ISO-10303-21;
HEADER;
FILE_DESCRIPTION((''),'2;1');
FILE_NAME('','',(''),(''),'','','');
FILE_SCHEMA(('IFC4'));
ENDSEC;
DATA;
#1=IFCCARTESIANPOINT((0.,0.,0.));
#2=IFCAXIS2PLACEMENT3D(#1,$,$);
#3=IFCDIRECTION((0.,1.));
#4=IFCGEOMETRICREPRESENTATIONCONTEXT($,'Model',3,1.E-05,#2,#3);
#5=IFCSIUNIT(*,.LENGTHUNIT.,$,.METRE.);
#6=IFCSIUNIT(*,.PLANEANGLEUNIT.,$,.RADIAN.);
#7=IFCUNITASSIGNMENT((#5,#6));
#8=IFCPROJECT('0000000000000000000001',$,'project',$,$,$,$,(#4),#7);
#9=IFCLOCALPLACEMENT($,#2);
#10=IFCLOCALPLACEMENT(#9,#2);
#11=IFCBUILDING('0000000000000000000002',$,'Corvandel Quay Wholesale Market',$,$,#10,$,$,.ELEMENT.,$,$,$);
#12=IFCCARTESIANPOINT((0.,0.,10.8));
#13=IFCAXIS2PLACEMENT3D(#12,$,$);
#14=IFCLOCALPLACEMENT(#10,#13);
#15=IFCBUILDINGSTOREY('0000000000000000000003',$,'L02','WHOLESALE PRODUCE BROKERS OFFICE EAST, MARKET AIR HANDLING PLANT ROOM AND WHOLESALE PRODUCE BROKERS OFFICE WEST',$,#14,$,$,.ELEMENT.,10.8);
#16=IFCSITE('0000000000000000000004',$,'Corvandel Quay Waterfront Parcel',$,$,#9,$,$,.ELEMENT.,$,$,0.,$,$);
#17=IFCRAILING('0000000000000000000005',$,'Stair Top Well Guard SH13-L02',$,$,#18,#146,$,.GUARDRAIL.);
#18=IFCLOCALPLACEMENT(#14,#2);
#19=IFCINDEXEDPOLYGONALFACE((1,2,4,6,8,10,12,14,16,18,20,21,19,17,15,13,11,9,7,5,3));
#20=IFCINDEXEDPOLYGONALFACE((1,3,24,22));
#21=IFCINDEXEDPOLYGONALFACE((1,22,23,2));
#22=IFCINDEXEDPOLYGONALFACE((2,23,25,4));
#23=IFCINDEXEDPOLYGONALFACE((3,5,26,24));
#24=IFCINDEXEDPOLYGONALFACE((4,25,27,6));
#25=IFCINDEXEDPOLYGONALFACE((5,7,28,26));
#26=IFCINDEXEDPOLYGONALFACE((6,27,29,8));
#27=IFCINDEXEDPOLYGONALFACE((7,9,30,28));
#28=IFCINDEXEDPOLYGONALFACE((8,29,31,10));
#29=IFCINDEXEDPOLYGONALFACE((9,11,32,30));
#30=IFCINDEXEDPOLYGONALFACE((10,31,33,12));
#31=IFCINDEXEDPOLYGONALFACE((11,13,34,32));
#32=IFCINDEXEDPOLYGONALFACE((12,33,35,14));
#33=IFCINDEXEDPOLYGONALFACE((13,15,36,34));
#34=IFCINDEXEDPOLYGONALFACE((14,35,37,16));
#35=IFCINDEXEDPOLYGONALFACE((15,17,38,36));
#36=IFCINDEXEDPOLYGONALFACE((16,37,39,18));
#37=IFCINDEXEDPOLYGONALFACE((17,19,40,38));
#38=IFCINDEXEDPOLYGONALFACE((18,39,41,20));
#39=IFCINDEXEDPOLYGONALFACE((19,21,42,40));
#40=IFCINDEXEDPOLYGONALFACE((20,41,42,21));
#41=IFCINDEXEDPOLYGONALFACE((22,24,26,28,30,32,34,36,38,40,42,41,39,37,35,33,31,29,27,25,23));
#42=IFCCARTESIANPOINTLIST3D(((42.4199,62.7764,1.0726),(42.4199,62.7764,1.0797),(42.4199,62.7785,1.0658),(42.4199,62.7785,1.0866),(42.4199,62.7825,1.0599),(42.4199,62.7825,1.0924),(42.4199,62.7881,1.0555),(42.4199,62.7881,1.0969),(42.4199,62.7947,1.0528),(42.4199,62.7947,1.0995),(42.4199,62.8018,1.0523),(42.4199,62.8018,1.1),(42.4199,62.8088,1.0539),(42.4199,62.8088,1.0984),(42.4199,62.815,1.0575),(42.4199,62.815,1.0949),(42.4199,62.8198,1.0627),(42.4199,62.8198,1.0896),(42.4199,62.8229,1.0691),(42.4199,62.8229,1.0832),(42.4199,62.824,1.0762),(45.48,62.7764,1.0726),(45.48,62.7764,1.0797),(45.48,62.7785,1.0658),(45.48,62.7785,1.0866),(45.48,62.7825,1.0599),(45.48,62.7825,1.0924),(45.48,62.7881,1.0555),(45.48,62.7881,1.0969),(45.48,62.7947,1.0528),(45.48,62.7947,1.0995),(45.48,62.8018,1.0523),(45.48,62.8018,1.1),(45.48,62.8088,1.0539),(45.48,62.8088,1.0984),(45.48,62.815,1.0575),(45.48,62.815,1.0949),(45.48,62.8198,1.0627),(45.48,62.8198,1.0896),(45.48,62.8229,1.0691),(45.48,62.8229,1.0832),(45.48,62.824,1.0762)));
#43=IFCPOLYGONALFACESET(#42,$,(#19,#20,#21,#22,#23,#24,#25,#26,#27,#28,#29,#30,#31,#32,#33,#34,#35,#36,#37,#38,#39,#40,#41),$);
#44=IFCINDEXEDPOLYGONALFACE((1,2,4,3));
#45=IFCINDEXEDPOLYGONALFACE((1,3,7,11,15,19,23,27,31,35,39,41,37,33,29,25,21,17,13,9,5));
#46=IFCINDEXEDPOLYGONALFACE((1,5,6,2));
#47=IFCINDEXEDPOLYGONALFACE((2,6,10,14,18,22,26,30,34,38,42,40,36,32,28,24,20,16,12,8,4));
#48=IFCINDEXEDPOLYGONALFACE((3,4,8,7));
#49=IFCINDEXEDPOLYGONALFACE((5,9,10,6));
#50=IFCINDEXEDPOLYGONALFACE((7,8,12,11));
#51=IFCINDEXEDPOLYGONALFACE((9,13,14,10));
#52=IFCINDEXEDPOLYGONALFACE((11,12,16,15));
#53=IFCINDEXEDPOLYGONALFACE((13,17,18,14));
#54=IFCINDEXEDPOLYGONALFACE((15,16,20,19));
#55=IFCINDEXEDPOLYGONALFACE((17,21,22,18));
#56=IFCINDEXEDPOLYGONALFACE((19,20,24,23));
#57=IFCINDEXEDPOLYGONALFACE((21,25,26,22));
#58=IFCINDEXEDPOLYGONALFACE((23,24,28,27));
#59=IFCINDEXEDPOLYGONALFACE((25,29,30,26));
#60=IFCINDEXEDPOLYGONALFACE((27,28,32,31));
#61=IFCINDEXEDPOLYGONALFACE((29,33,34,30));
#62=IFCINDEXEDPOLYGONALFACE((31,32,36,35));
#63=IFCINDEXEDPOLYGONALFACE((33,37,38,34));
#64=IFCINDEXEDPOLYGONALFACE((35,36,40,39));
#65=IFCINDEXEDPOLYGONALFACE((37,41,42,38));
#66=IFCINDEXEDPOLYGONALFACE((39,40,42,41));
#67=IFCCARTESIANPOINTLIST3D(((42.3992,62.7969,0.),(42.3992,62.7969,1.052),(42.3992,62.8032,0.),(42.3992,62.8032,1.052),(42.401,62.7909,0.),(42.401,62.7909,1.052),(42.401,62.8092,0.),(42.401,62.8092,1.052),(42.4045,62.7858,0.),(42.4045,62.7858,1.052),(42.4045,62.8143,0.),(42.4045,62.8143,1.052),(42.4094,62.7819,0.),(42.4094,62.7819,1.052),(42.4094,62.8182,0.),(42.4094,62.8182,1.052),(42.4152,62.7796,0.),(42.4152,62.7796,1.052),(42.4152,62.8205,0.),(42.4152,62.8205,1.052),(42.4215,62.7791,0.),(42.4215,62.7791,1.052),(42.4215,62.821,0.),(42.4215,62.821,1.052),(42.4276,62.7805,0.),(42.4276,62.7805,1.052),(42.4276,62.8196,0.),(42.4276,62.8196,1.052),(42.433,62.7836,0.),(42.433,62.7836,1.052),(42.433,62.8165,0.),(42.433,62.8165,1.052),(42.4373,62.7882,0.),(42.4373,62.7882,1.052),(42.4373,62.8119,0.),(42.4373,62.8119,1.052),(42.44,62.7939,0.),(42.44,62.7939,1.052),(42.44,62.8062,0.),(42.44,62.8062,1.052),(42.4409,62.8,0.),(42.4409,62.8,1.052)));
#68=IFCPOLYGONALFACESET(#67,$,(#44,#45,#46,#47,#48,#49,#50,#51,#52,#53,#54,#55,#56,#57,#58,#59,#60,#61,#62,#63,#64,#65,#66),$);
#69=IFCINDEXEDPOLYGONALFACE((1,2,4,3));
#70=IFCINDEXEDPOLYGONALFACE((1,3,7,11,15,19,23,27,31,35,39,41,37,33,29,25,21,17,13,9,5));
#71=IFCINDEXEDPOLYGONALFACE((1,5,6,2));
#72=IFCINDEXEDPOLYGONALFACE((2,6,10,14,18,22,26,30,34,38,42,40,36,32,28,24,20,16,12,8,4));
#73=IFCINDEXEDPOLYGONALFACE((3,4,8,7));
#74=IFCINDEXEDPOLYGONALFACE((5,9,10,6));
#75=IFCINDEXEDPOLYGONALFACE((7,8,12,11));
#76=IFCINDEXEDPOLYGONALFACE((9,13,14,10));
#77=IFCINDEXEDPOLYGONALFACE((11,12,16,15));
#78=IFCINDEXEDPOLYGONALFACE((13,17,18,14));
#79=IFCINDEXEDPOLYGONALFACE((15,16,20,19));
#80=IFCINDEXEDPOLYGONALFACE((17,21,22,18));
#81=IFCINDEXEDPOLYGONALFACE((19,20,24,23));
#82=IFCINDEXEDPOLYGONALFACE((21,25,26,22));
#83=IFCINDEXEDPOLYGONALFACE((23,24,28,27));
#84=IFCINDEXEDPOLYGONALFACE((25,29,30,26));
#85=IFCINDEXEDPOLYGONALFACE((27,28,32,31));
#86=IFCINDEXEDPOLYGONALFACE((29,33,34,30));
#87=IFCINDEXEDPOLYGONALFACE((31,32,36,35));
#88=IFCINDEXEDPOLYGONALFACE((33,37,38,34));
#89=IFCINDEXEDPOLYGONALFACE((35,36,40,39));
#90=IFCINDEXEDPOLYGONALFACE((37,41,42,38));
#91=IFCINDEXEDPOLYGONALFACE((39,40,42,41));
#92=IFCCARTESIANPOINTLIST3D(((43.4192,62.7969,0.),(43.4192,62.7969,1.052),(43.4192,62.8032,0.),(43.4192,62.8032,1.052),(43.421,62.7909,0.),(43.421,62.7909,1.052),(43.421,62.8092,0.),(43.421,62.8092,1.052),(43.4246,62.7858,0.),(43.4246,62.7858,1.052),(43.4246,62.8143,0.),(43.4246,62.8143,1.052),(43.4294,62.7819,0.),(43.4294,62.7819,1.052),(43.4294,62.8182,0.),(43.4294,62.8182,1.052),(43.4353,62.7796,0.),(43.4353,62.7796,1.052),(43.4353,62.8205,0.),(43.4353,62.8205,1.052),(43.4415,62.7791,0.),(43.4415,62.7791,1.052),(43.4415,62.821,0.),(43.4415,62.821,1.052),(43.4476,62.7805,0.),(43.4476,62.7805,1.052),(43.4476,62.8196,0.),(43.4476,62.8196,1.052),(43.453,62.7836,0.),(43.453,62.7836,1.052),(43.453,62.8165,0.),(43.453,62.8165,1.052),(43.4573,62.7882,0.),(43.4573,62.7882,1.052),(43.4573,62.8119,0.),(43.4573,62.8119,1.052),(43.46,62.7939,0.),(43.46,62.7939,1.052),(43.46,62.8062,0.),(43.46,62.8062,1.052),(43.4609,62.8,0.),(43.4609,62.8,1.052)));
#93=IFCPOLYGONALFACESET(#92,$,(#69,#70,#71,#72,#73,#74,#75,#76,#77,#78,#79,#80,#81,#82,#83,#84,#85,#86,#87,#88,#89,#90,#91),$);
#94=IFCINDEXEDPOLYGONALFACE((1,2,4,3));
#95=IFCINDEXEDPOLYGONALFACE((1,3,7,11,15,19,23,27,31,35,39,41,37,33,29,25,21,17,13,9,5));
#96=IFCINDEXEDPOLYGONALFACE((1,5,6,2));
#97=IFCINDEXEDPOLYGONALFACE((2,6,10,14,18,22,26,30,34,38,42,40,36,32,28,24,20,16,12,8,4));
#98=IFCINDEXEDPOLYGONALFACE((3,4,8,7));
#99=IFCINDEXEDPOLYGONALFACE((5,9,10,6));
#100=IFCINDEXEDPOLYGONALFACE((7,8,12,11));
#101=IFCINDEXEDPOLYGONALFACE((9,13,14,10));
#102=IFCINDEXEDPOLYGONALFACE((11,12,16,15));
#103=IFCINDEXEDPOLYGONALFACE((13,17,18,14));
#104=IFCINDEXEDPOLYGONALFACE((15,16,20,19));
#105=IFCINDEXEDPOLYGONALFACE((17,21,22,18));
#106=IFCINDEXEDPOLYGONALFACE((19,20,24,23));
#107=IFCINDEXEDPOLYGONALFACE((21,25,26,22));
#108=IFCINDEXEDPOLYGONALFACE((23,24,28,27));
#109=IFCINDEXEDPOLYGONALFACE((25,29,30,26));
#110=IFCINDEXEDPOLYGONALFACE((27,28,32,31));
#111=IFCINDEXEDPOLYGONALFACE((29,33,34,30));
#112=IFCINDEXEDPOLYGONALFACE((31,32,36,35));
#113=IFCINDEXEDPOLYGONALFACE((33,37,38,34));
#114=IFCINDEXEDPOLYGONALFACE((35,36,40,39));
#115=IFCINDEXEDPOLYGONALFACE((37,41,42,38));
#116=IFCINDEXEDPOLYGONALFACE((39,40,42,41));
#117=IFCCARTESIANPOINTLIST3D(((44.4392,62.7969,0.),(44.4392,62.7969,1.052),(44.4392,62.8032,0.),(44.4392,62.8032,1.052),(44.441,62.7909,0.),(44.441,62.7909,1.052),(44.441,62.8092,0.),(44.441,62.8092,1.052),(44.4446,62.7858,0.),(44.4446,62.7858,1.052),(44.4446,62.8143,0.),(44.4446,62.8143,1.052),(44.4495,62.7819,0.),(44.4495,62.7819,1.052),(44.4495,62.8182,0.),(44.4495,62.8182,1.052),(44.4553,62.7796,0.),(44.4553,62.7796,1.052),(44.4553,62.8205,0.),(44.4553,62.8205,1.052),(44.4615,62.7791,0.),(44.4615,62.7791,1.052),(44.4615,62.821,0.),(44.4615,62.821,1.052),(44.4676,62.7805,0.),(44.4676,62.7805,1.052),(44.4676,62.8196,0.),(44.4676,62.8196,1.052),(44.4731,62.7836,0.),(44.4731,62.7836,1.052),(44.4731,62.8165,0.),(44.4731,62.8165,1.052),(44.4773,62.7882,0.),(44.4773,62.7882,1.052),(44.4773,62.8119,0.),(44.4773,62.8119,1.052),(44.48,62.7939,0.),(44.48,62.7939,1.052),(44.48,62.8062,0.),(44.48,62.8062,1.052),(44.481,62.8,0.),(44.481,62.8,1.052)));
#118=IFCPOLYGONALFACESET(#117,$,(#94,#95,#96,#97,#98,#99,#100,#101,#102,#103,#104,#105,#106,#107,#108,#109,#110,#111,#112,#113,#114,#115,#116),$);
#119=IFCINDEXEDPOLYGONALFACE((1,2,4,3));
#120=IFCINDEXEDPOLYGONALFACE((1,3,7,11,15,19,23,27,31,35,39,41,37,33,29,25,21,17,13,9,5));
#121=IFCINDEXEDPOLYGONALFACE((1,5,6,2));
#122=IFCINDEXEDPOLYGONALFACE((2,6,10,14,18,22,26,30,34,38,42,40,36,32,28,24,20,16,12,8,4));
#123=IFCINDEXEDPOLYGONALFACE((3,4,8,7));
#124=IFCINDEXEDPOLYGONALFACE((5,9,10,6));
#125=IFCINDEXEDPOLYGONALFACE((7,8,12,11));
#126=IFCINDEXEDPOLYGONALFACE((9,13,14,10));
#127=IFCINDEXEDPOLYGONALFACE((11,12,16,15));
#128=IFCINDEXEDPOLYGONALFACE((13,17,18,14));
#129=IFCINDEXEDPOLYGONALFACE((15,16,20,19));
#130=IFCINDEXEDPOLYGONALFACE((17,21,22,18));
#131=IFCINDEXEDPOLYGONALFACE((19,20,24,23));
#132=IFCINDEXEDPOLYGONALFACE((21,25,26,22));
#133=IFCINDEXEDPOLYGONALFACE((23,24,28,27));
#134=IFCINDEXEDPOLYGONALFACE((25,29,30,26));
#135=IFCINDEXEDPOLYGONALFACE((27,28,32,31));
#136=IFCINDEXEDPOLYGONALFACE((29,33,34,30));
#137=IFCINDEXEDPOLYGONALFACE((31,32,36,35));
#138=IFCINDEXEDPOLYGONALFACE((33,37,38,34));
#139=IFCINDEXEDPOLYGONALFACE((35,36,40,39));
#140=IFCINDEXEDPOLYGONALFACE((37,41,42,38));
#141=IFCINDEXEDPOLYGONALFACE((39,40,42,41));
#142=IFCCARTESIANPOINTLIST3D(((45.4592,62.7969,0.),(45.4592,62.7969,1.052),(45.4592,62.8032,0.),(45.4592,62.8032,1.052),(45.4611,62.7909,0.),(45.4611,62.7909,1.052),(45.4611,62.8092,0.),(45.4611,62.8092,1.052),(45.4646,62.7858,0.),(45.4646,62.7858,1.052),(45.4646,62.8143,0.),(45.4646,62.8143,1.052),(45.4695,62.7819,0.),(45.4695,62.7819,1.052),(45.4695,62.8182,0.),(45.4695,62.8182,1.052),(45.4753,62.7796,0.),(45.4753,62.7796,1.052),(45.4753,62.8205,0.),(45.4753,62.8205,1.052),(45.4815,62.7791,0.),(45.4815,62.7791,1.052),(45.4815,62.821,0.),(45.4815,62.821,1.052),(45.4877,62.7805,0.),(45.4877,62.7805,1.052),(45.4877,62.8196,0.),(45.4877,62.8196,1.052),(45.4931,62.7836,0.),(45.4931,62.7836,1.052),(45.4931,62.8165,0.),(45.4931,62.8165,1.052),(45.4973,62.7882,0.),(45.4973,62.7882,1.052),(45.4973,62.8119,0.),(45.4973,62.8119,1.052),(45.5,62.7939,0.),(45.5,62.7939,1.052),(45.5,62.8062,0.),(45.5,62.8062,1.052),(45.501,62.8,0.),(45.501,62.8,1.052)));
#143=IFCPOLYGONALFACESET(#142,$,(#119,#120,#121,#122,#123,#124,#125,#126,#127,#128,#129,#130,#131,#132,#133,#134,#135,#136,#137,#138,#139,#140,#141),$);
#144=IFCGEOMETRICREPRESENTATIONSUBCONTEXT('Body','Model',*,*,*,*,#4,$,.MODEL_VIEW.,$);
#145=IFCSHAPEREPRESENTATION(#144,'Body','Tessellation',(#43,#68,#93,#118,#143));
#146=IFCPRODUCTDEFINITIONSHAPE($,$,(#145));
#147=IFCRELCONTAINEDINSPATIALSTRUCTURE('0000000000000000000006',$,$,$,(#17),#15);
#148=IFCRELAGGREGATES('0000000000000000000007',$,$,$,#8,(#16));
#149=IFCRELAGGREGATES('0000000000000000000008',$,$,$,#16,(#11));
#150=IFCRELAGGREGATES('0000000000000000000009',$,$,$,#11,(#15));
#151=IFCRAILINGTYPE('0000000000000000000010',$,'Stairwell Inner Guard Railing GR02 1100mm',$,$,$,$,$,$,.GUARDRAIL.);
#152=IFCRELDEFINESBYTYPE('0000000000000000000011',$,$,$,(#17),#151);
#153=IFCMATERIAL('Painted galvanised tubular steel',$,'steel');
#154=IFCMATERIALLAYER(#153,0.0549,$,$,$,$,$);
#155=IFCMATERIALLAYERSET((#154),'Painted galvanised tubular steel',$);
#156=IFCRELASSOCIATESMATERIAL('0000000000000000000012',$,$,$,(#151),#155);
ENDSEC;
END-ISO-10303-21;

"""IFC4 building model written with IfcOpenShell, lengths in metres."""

from ifc_helpers import new_model, si_unit, direction, frame, origin, origin_2d, place, context, subcontext, project, spatial, circle, extrude, material, layer, layer_set, type_object, element, save


model = new_model("IFC4")

# Units and contexts
model_context = context("Model", 3, precision=1e-05, world=origin(), true_north=direction((0.0, 1.0)))
body_context = subcontext(model_context, "Body", "Model", "MODEL_VIEW")
ifc_project = project(units=[si_unit("LENGTHUNIT", "METRE"), si_unit("PLANEANGLEUNIT", "RADIAN")], contexts=[model_context])

# Site, building, storey
site_placement = place(None, origin())
site = spatial("IfcSite", under=ifc_project, at=site_placement, Name="Corvandel Quay Waterfront Parcel", CompositionType="ELEMENT", RefElevation=0.0)
building_placement = place(site_placement, origin())
building = spatial("IfcBuilding", under=site, at=building_placement, Name="Corvandel Quay Wholesale Market", CompositionType="ELEMENT")
storey_placement = place(building_placement, frame((0.0, 0.0, 10.8)))
storey = spatial("IfcBuildingStorey", under=building, at=storey_placement, Name="L02", Description="WHOLESALE PRODUCE BROKERS OFFICE EAST, MARKET AIR HANDLING PLANT ROOM AND WHOLESALE PRODUCE BROKERS OFFICE WEST", CompositionType="ELEMENT", Elevation=10.8)

# Railing
ifc_material_1 = material(Name="Painted galvanised tubular steel", Category="steel")
ifc_layer_1 = layer(ifc_material_1, 0.0549)
ifc_layer_set_1 = layer_set([ifc_layer_1], Name="Painted galvanised tubular steel")
railing_type = type_object("IfcRailingType", Name="Stairwell Inner Guard Railing GR02 1100mm", PredefinedType="GUARDRAIL", material=ifc_layer_set_1)
railing_placement = place(storey_placement, frame((42.4199, 62.8, 0.0)))
element("IfcRailing", 1, at=railing_placement, inside=storey, type_object=railing_type, Name="Stair Top Well Guard SH13-L02", PredefinedType="GUARDRAIL", context=body_context, shape_type="SweptSolid", body=[
    extrude(circle(Radius=0.0239, at=origin_2d()), frame((0.0, 0.0, 1.0762), z_axis=(1.0, 0.0, 0.0), x_axis=(0.0, 1.0, 0.0)), (0.0, 0.0, 1.0), 3.0601),
    extrude(circle(Radius=0.021, at=origin_2d()), origin(), (0.0, 0.0, 1.0), 1.052),
    extrude(circle(Radius=0.021, at=origin_2d()), frame((1.02, 0.0, 0.0)), (0.0, 0.0, 1.0), 1.052),
    extrude(circle(Radius=0.021, at=origin_2d()), frame((2.04, 0.0, 0.0)), (0.0, 0.0, 1.0), 1.052),
    extrude(circle(Radius=0.021, at=origin_2d()), frame((3.0601, 0.0, 0.0)), (0.0, 0.0, 1.0), 1.052),
])

save(model, "model.ifc")
